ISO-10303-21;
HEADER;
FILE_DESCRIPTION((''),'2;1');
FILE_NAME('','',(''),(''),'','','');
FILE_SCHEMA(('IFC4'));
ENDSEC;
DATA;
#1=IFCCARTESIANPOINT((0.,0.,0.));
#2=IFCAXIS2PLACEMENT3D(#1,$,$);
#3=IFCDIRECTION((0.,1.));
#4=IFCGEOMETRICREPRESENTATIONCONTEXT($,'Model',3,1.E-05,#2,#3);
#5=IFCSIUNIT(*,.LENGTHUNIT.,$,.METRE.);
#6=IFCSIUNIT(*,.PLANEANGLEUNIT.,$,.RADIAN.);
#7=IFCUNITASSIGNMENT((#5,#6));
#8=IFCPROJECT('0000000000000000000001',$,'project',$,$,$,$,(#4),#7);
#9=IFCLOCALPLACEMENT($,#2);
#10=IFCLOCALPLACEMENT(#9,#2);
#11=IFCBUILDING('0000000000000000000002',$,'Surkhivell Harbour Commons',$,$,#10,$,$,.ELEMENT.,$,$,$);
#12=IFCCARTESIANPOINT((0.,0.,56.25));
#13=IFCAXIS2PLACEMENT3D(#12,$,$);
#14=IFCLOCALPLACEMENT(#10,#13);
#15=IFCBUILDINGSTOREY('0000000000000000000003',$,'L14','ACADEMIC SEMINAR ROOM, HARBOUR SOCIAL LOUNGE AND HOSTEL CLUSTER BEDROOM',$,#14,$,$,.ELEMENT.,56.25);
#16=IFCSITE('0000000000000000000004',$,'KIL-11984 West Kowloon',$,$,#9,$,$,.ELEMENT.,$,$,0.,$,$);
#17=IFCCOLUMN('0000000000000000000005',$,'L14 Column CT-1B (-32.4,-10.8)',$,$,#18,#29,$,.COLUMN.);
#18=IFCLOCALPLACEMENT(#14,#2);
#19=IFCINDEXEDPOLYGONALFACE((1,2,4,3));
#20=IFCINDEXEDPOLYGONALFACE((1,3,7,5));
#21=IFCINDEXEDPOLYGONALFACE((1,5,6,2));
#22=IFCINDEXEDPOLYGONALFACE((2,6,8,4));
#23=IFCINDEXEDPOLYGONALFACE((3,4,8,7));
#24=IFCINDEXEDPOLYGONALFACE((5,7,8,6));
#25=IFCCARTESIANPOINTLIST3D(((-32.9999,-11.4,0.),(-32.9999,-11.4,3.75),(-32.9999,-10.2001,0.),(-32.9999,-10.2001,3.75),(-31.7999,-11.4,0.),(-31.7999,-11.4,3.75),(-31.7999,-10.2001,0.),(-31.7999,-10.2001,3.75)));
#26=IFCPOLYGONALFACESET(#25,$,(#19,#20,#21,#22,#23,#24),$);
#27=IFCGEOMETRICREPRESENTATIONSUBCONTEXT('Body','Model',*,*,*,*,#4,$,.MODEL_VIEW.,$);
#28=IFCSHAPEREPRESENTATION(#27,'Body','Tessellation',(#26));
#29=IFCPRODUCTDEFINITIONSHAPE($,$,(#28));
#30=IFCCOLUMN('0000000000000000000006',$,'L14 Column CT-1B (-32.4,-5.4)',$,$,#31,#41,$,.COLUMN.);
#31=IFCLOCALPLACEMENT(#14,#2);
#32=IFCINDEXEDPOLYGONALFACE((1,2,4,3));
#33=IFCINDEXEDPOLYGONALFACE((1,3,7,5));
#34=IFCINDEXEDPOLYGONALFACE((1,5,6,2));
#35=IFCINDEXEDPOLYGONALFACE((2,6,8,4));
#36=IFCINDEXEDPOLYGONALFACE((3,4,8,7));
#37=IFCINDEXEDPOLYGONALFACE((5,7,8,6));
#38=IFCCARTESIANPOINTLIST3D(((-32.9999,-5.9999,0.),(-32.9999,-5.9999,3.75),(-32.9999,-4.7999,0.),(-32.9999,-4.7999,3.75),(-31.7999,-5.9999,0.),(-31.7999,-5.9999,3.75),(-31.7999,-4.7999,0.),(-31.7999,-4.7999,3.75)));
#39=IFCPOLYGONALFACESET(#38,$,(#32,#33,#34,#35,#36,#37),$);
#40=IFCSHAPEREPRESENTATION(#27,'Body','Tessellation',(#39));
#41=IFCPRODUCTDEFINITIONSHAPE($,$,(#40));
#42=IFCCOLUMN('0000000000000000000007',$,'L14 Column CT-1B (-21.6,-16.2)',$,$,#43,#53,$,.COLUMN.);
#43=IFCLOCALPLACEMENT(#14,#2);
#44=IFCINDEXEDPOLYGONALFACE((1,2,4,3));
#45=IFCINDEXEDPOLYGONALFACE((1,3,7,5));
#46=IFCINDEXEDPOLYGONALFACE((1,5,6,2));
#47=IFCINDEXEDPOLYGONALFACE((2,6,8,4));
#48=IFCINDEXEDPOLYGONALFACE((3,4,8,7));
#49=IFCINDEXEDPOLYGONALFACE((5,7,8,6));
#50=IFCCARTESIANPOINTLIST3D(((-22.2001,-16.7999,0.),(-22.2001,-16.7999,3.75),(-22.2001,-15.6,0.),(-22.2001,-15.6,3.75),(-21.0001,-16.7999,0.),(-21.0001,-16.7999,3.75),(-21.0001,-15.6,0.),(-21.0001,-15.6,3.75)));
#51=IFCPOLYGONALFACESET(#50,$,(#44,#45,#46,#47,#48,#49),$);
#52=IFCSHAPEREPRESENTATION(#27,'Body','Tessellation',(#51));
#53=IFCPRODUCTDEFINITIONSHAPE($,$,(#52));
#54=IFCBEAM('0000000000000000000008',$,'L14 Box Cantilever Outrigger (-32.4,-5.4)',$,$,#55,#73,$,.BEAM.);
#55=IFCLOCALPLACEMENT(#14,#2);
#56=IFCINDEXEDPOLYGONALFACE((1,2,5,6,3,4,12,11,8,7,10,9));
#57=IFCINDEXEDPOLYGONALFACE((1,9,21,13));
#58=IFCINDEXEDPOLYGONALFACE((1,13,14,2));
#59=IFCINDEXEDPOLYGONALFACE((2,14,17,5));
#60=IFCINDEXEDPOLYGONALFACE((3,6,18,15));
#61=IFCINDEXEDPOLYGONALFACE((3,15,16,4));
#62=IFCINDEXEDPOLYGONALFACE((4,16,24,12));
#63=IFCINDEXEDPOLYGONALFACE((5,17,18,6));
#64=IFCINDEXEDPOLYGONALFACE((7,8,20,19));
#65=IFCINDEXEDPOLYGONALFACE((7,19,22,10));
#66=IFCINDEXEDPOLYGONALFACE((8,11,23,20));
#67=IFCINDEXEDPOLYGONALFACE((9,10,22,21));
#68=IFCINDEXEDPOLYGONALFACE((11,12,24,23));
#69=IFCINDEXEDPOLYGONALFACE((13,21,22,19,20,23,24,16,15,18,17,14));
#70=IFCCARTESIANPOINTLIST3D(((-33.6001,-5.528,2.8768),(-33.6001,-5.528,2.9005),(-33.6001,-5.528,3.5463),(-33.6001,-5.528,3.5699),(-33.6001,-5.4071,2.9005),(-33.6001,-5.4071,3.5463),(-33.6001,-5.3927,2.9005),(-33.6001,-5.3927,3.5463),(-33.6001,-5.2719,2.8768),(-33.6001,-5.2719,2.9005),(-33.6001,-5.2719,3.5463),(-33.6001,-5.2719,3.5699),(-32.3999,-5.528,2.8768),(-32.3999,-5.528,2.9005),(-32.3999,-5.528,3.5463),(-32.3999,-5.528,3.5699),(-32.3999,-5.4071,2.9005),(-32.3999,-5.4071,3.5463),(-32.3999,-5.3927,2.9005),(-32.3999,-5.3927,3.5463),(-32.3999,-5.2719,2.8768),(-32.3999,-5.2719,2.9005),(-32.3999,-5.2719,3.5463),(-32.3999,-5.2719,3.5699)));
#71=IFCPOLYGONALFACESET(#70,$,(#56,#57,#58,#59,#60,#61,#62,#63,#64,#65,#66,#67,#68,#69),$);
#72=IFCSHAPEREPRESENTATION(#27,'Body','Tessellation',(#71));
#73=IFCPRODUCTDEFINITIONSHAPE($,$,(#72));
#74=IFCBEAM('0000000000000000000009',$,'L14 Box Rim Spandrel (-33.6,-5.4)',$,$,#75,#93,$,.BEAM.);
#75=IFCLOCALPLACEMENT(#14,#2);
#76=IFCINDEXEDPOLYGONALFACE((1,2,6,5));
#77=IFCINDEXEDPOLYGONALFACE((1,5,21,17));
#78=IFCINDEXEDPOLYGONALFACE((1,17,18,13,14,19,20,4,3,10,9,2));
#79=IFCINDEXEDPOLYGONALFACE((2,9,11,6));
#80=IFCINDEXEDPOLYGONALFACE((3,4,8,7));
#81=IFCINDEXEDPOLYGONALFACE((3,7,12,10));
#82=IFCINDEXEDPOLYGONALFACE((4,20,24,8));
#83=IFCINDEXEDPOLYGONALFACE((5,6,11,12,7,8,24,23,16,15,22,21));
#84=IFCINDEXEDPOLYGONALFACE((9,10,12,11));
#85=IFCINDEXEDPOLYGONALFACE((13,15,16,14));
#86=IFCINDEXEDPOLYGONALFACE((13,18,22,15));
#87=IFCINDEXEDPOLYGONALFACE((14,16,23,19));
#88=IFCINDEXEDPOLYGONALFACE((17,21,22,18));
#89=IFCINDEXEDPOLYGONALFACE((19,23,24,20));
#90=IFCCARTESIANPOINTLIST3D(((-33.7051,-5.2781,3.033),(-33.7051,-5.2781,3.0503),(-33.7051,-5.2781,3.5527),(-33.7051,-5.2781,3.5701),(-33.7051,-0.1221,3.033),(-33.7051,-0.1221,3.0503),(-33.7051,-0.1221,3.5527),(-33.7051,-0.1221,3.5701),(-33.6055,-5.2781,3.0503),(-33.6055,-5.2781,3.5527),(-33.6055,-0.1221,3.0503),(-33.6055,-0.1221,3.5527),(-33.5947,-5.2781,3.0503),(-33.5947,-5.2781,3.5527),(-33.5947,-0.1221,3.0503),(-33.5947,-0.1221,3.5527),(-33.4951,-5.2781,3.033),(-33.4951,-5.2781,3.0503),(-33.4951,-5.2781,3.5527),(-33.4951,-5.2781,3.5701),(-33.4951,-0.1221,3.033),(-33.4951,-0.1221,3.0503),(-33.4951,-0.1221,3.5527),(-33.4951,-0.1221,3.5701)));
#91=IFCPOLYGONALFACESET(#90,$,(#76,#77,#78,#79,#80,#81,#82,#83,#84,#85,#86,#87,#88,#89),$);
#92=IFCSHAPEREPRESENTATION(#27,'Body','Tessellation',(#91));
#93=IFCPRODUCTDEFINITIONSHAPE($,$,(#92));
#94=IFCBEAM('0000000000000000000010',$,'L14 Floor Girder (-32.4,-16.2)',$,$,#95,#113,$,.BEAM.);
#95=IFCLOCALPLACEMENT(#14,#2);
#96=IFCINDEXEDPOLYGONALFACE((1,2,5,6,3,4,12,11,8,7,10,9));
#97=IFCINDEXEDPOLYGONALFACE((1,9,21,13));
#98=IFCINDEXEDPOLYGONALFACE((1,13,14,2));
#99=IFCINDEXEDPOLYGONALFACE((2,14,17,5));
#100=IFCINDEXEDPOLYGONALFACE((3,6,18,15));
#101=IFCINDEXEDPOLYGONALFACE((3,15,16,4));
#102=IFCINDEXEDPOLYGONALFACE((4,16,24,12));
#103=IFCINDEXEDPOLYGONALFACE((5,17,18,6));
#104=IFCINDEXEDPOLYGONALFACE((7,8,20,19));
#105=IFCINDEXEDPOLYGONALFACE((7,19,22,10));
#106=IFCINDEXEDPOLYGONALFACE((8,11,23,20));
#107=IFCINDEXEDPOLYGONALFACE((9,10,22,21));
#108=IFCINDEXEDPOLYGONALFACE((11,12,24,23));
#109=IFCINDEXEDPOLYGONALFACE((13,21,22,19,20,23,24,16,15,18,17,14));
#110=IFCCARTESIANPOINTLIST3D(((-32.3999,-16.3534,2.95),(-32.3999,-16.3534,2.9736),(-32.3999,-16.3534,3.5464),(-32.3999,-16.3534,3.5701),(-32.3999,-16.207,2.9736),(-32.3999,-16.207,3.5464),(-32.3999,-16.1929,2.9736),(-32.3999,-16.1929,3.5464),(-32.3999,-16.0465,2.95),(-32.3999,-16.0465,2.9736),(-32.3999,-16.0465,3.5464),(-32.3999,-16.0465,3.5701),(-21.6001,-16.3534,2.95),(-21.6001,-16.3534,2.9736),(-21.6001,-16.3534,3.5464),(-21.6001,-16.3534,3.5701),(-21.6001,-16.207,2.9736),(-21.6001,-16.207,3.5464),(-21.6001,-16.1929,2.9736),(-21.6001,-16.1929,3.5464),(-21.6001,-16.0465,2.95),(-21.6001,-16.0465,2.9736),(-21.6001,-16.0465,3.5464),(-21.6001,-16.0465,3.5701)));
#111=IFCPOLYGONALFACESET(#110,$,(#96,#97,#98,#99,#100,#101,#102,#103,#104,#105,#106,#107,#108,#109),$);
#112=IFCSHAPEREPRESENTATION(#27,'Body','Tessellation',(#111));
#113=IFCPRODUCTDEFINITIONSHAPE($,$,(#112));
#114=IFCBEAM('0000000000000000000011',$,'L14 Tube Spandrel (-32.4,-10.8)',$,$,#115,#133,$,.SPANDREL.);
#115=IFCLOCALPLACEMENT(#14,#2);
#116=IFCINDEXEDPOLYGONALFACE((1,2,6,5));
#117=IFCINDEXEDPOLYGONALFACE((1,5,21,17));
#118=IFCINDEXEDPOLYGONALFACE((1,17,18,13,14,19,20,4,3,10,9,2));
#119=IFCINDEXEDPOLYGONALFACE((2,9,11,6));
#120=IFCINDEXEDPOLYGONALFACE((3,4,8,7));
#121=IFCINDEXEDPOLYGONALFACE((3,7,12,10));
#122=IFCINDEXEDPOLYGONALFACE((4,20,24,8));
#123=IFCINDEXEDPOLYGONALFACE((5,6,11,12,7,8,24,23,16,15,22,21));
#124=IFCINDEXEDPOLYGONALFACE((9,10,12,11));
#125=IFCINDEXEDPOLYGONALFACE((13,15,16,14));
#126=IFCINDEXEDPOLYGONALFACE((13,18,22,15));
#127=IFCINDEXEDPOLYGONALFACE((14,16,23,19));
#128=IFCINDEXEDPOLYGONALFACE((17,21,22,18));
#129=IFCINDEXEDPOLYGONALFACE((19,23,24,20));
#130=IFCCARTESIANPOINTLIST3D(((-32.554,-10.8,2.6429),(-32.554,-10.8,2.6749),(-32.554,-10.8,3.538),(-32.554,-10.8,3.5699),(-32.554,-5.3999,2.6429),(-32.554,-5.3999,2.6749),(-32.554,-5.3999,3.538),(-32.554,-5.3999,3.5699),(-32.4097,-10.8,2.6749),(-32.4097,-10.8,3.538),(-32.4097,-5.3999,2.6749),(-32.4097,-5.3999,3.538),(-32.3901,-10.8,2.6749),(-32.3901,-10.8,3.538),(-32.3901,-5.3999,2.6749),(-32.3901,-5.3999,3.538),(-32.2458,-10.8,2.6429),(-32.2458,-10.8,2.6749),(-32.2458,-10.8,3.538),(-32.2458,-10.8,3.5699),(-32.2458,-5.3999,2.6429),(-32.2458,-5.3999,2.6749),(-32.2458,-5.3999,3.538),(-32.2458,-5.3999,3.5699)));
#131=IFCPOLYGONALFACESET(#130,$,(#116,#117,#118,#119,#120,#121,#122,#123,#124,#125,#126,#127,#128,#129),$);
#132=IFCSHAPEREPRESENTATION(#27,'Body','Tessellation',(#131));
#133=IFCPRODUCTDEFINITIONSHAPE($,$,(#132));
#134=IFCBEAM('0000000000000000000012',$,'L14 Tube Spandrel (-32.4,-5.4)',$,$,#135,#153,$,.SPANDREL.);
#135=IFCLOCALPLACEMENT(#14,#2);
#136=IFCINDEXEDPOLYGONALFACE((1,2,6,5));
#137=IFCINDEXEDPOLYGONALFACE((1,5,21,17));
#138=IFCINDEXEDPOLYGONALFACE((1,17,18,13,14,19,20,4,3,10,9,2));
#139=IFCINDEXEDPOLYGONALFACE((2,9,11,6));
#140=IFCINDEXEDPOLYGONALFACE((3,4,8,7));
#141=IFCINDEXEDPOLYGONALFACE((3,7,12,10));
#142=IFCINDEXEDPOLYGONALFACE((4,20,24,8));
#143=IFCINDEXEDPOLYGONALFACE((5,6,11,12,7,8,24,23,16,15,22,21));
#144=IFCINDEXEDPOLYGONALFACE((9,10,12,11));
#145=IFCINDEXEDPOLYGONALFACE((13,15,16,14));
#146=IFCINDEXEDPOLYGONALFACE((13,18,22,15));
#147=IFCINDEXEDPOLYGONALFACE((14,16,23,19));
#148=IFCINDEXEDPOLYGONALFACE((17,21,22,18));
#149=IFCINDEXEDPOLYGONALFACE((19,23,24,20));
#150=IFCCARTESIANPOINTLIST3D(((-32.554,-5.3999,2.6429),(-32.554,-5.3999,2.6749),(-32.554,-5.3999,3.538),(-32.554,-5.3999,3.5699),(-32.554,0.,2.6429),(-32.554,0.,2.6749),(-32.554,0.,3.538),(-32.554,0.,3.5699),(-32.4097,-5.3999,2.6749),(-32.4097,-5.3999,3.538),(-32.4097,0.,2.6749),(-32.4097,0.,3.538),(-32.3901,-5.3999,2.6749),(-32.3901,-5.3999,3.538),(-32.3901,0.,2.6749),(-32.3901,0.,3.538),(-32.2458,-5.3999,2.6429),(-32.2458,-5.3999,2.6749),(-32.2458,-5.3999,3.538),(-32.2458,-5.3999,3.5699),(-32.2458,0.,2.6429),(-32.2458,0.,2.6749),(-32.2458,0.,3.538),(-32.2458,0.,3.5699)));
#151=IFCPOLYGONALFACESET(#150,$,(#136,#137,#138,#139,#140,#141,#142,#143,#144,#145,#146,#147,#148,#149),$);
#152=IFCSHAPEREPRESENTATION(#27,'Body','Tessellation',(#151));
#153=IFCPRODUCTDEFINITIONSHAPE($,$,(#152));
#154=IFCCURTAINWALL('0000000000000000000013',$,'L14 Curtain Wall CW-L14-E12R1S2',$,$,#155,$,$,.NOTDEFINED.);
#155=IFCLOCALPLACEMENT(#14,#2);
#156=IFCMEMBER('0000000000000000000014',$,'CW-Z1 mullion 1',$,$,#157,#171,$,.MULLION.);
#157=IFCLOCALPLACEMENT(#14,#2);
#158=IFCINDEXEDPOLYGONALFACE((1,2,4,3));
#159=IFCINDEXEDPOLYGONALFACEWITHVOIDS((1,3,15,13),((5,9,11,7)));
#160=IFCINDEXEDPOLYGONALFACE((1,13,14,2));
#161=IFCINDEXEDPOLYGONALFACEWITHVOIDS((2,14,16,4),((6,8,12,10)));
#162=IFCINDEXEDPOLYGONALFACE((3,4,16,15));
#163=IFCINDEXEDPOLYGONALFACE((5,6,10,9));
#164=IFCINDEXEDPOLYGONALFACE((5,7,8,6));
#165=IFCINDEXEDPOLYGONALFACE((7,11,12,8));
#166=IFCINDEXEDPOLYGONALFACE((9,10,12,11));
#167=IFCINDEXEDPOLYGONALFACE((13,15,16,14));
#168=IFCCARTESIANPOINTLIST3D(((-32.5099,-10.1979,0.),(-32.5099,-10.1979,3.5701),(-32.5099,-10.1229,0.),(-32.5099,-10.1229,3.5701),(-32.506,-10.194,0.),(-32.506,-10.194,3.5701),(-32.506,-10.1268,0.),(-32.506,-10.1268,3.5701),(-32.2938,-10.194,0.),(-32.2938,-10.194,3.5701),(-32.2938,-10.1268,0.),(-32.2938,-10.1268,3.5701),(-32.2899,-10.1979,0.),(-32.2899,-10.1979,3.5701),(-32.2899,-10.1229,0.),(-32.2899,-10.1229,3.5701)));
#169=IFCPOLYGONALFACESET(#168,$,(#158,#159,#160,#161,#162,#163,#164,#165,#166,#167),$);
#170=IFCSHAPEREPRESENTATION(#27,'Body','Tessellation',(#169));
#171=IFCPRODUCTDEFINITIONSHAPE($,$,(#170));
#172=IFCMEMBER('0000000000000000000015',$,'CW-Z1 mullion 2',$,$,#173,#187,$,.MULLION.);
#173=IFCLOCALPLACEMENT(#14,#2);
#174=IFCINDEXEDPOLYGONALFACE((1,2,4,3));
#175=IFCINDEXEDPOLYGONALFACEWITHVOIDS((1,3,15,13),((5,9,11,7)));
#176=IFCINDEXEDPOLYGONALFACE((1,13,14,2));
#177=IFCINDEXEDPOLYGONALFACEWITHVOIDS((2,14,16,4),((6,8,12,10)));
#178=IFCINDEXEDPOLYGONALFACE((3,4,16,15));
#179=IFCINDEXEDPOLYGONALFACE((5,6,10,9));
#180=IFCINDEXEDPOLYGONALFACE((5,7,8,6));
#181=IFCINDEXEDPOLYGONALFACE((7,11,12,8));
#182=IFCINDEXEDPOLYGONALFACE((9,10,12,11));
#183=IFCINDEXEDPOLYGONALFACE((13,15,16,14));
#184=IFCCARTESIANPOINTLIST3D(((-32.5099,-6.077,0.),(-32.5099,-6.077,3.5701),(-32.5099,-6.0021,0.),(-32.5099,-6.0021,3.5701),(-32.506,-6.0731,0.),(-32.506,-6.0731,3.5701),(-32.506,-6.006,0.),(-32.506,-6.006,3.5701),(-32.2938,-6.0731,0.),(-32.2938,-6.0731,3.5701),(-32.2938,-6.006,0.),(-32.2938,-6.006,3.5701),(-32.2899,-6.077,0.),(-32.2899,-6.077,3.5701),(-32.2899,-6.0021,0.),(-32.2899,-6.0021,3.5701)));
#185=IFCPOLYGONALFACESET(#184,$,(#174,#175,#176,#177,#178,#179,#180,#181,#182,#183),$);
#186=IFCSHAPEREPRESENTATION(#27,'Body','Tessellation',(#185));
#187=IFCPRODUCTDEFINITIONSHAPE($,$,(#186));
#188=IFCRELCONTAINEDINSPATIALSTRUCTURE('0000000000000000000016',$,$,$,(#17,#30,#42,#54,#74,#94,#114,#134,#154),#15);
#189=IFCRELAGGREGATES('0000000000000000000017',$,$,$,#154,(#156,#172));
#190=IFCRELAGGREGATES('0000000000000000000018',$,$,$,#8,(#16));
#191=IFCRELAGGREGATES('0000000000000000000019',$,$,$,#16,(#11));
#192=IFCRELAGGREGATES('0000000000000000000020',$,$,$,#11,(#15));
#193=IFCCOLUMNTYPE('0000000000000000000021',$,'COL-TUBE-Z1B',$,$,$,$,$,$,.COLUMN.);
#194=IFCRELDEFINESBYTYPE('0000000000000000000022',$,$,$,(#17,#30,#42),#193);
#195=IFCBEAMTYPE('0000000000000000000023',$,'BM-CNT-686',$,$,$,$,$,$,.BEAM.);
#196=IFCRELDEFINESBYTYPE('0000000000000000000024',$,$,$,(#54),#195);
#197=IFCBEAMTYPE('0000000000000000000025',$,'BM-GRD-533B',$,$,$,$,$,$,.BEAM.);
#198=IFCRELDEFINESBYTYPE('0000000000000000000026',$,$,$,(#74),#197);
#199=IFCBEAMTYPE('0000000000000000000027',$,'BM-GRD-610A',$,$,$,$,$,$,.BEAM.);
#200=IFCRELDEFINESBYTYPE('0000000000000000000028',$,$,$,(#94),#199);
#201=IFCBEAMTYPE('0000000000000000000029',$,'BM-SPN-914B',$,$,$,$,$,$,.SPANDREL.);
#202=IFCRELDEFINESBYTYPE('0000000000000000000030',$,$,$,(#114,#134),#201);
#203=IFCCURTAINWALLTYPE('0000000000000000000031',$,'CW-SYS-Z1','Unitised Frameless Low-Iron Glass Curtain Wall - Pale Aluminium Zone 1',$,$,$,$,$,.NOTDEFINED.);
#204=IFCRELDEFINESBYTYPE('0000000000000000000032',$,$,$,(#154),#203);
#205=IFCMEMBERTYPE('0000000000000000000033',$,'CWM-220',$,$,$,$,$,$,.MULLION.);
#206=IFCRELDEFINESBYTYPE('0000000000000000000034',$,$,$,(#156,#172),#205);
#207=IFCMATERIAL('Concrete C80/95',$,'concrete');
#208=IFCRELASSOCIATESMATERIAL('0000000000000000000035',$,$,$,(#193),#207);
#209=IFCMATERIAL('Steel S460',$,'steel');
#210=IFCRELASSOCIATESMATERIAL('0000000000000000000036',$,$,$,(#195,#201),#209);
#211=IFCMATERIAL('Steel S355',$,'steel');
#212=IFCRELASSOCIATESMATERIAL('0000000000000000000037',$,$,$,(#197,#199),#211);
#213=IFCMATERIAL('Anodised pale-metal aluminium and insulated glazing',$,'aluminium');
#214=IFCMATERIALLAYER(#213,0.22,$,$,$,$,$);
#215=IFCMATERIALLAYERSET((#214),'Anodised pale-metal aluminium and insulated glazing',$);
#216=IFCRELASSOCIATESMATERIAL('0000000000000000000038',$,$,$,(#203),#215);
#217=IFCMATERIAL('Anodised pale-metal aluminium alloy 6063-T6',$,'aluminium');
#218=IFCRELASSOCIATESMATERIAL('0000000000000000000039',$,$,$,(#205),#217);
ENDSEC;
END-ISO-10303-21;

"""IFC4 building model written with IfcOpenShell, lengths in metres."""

from ifc_helpers import new_model, si_unit, direction, frame, origin, origin_2d, place, context, subcontext, project, spatial, rectangle, hollow_rectangle, i_section, extrude, material, layer, layer_set, material_profile, profile_set, type_object, element, aggregate, save


model = new_model("IFC4")

# Units and contexts
model_context = context("Model", 3, precision=1e-05, world=origin(), true_north=direction((0.0, 1.0)))
body_context = subcontext(model_context, "Body", "Model", "MODEL_VIEW")
ifc_project = project(units=[si_unit("LENGTHUNIT", "METRE"), si_unit("PLANEANGLEUNIT", "RADIAN")], contexts=[model_context])

# Site, building, storey
site_placement = place(None, origin())
site = spatial("IfcSite", under=ifc_project, at=site_placement, Name="KIL-11984 West Kowloon", CompositionType="ELEMENT", RefElevation=0.0)
building_placement = place(site_placement, origin())
building = spatial("IfcBuilding", under=site, at=building_placement, Name="Surkhivell Harbour Commons", CompositionType="ELEMENT")
storey_placement = place(building_placement, frame((0.0, 0.0, 56.25)))
storey = spatial("IfcBuildingStorey", under=building, at=storey_placement, Name="L14", Description="ACADEMIC SEMINAR ROOM, HARBOUR SOCIAL LOUNGE AND HOSTEL CLUSTER BEDROOM", CompositionType="ELEMENT", Elevation=56.25)

# Columns
ifc_material_1 = material(Name="Concrete C80/95", Category="concrete")
ifc_material_profile_1 = material_profile(ifc_material_1, rectangle(XDim=1.2, YDim=1.2, at=origin_2d()), Name="RC-COL-1200x1200")
ifc_profile_set_1 = profile_set([ifc_material_profile_1], Name="Concrete C80/95")
column_type = type_object("IfcColumnType", Name="COL-TUBE-Z1B", PredefinedType="COLUMN", material=ifc_profile_set_1)
for number, where, z_axis, x_axis, name in (
    (1, (-32.3999, -10.8, 0.0), (0.0, 0.0, 1.0), (1.0, 0.0, 0.0), "L14 Column CT-1B (-32.4,-10.8)"),
    (2, (-32.3999, -5.3999, 0.0), (0.0, 0.0, 1.0), (1.0, 0.0, 0.0), "L14 Column CT-1B (-32.4,-5.4)"),
    (3, (-21.6001, -16.2, 0.0), (0.0, 0.0, 1.0), (1.0, 0.0, 0.0), "L14 Column CT-1B (-21.6,-16.2)"),
):
    element("IfcColumn", number, at=place(storey_placement, frame(where, z_axis=z_axis, x_axis=x_axis)), inside=storey, type_object=column_type, Name=name, PredefinedType="COLUMN", context=body_context, shape_type="SweptSolid", body=[
        extrude(rectangle(XDim=1.2, YDim=1.2, at=origin_2d()), origin(), (0.0, 0.0, 1.0), 3.75),
    ])

# Beams
ifc_material_2 = material(Name="Steel S460", Category="steel")
ifc_material_profile_2 = material_profile(ifc_material_2, i_section(OverallWidth=0.2561, OverallDepth=0.6931, WebThickness=0.0144, FlangeThickness=0.0237, at=origin_2d()), Name="UB686x254x170")
ifc_profile_set_2 = profile_set([ifc_material_profile_2], Name="Steel S460")
beam_type_1 = type_object("IfcBeamType", Name="BM-CNT-686", PredefinedType="BEAM", material=ifc_profile_set_2)
beam_1_placement = place(storey_placement, frame((-32.3999, -5.3999, 3.2234), z_axis=(-1.0, 0.0, 0.0), x_axis=(0.0, -1.0, 0.0)))
element("IfcBeam", 4, at=beam_1_placement, inside=storey, type_object=beam_type_1, Name="L14 Box Cantilever Outrigger (-32.4,-5.4)", PredefinedType="BEAM", context=body_context, shape_type="SweptSolid", body=[
    extrude(i_section(OverallWidth=0.2561, OverallDepth=0.6931, WebThickness=0.0144, FlangeThickness=0.0237, at=origin_2d()), origin(), (0.0, 0.0, 1.0), 1.2002),
])
ifc_material_3 = material(Name="Steel S355", Category="steel")
ifc_material_profile_3 = material_profile(ifc_material_3, i_section(OverallWidth=0.21, OverallDepth=0.5371, WebThickness=0.0107, FlangeThickness=0.0173, at=origin_2d()), Name="UB533x210x101")
ifc_profile_set_3 = profile_set([ifc_material_profile_3], Name="Steel S355")
beam_type_2 = type_object("IfcBeamType", Name="BM-GRD-533B", PredefinedType="BEAM", material=ifc_profile_set_3)
beam_2_placement = place(storey_placement, frame((-33.6001, -5.2781, 3.3015), z_axis=(0.0, 1.0, 0.0), x_axis=(-1.0, 0.0, 0.0)))
element("IfcBeam", 5, at=beam_2_placement, inside=storey, type_object=beam_type_2, Name="L14 Box Rim Spandrel (-33.6,-5.4)", PredefinedType="BEAM", context=body_context, shape_type="SweptSolid", body=[
    extrude(i_section(OverallWidth=0.21, OverallDepth=0.5371, WebThickness=0.0107, FlangeThickness=0.0173, at=origin_2d()), origin(), (0.0, 0.0, 1.0), 5.156),
])
ifc_material_profile_4 = material_profile(ifc_material_3, i_section(OverallWidth=0.3069, OverallDepth=0.6201, WebThickness=0.0142, FlangeThickness=0.0237, at=origin_2d()), Name="UB610x305x179")
ifc_profile_set_4 = profile_set([ifc_material_profile_4], Name="Steel S355")
beam_type_3 = type_object("IfcBeamType", Name="BM-GRD-610A", PredefinedType="BEAM", material=ifc_profile_set_4)
beam_3_placement = place(storey_placement, frame((-32.3999, -16.2, 3.26), z_axis=(1.0, 0.0, 0.0), x_axis=(0.0, 1.0, 0.0)))
element("IfcBeam", 6, at=beam_3_placement, inside=storey, type_object=beam_type_3, Name="L14 Floor Girder (-32.4,-16.2)", PredefinedType="BEAM", context=body_context, shape_type="SweptSolid", body=[
    extrude(i_section(OverallWidth=0.3069, OverallDepth=0.6201, WebThickness=0.0142, FlangeThickness=0.0237, at=origin_2d()), origin(), (0.0, 0.0, 1.0), 10.7998),
])
ifc_material_profile_5 = material_profile(ifc_material_2, i_section(OverallWidth=0.3081, OverallDepth=0.927, WebThickness=0.0195, FlangeThickness=0.032, at=origin_2d()), Name="UB914x305x289")
ifc_profile_set_5 = profile_set([ifc_material_profile_5], Name="Steel S460")
beam_type_4 = type_object("IfcBeamType", Name="BM-SPN-914B", PredefinedType="SPANDREL", material=ifc_profile_set_5)
beam_4_placement = place(storey_placement, frame((-32.3999, -10.8, 3.1064), z_axis=(0.0, 1.0, 0.0), x_axis=(-1.0, 0.0, 0.0)))
element("IfcBeam", 7, at=beam_4_placement, inside=storey, type_object=beam_type_4, Name="L14 Tube Spandrel (-32.4,-10.8)", PredefinedType="SPANDREL", context=body_context, shape_type="SweptSolid", body=[
    extrude(i_section(OverallWidth=0.3081, OverallDepth=0.927, WebThickness=0.0195, FlangeThickness=0.032, at=origin_2d()), origin(), (0.0, 0.0, 1.0), 5.4001),
])
beam_5_placement = place(storey_placement, frame((-32.3999, -5.3999, 3.1064), z_axis=(0.0, 1.0, 0.0), x_axis=(-1.0, 0.0, 0.0)))
element("IfcBeam", 8, at=beam_5_placement, inside=storey, type_object=beam_type_4, Name="L14 Tube Spandrel (-32.4,-5.4)", PredefinedType="SPANDREL", context=body_context, shape_type="SweptSolid", body=[
    extrude(i_section(OverallWidth=0.3081, OverallDepth=0.927, WebThickness=0.0195, FlangeThickness=0.032, at=origin_2d()), origin(), (0.0, 0.0, 1.0), 5.3999),
])

# Curtain wall, members
ifc_material_4 = material(Name="Anodised pale-metal aluminium and insulated glazing", Category="aluminium")
ifc_layer_1 = layer(ifc_material_4, 0.22)
ifc_layer_set_1 = layer_set([ifc_layer_1], Name="Anodised pale-metal aluminium and insulated glazing")
curtain_wall_type = type_object("IfcCurtainWallType", Name="CW-SYS-Z1", Description="Unitised Frameless Low-Iron Glass Curtain Wall - Pale Aluminium Zone 1", PredefinedType="NOTDEFINED", material=ifc_layer_set_1)
curtain_wall_placement = place(storey_placement, origin())
curtain_wall = element("IfcCurtainWall", 9, at=curtain_wall_placement, inside=storey, type_object=curtain_wall_type, Name="L14 Curtain Wall CW-L14-E12R1S2", PredefinedType="NOTDEFINED")
ifc_material_5 = material(Name="Anodised pale-metal aluminium alloy 6063-T6", Category="aluminium")
ifc_material_profile_6 = material_profile(ifc_material_5, hollow_rectangle(XDim=0.075, YDim=0.22, WallThickness=0.0039, at=origin_2d()), Name="ALU-MULL-75x220")
ifc_profile_set_6 = profile_set([ifc_material_profile_6], Name="Anodised pale-metal aluminium alloy 6063-T6")
member_type_1 = type_object("IfcMemberType", Name="CWM-220", PredefinedType="MULLION", material=ifc_profile_set_6)
member_1_placement = place(storey_placement, frame((-32.3999, -10.1604, 0.0), z_axis=(0.0, 0.0, 1.0), x_axis=(0.0, 1.0, 0.0)))
member_1 = element("IfcMember", 10, at=member_1_placement, type_object=member_type_1, Name="CW-Z1 mullion 1", PredefinedType="MULLION", context=body_context, shape_type="SweptSolid", body=[
    extrude(hollow_rectangle(XDim=0.075, YDim=0.22, WallThickness=0.0039, at=origin_2d()), origin(), (0.0, 0.0, 1.0), 3.5701),
])
member_2_placement = place(storey_placement, frame((-32.3999, -6.0396, 0.0), z_axis=(0.0, 0.0, 1.0), x_axis=(0.0, 1.0, 0.0)))
member_2 = element("IfcMember", 11, at=member_2_placement, type_object=member_type_1, Name="CW-Z1 mullion 2", PredefinedType="MULLION", context=body_context, shape_type="SweptSolid", body=[
    extrude(hollow_rectangle(XDim=0.075, YDim=0.22, WallThickness=0.0039, at=origin_2d()), origin(), (0.0, 0.0, 1.0), 3.5701),
])

aggregate(curtain_wall, [member_1, member_2])

save(model, "model.ifc")
